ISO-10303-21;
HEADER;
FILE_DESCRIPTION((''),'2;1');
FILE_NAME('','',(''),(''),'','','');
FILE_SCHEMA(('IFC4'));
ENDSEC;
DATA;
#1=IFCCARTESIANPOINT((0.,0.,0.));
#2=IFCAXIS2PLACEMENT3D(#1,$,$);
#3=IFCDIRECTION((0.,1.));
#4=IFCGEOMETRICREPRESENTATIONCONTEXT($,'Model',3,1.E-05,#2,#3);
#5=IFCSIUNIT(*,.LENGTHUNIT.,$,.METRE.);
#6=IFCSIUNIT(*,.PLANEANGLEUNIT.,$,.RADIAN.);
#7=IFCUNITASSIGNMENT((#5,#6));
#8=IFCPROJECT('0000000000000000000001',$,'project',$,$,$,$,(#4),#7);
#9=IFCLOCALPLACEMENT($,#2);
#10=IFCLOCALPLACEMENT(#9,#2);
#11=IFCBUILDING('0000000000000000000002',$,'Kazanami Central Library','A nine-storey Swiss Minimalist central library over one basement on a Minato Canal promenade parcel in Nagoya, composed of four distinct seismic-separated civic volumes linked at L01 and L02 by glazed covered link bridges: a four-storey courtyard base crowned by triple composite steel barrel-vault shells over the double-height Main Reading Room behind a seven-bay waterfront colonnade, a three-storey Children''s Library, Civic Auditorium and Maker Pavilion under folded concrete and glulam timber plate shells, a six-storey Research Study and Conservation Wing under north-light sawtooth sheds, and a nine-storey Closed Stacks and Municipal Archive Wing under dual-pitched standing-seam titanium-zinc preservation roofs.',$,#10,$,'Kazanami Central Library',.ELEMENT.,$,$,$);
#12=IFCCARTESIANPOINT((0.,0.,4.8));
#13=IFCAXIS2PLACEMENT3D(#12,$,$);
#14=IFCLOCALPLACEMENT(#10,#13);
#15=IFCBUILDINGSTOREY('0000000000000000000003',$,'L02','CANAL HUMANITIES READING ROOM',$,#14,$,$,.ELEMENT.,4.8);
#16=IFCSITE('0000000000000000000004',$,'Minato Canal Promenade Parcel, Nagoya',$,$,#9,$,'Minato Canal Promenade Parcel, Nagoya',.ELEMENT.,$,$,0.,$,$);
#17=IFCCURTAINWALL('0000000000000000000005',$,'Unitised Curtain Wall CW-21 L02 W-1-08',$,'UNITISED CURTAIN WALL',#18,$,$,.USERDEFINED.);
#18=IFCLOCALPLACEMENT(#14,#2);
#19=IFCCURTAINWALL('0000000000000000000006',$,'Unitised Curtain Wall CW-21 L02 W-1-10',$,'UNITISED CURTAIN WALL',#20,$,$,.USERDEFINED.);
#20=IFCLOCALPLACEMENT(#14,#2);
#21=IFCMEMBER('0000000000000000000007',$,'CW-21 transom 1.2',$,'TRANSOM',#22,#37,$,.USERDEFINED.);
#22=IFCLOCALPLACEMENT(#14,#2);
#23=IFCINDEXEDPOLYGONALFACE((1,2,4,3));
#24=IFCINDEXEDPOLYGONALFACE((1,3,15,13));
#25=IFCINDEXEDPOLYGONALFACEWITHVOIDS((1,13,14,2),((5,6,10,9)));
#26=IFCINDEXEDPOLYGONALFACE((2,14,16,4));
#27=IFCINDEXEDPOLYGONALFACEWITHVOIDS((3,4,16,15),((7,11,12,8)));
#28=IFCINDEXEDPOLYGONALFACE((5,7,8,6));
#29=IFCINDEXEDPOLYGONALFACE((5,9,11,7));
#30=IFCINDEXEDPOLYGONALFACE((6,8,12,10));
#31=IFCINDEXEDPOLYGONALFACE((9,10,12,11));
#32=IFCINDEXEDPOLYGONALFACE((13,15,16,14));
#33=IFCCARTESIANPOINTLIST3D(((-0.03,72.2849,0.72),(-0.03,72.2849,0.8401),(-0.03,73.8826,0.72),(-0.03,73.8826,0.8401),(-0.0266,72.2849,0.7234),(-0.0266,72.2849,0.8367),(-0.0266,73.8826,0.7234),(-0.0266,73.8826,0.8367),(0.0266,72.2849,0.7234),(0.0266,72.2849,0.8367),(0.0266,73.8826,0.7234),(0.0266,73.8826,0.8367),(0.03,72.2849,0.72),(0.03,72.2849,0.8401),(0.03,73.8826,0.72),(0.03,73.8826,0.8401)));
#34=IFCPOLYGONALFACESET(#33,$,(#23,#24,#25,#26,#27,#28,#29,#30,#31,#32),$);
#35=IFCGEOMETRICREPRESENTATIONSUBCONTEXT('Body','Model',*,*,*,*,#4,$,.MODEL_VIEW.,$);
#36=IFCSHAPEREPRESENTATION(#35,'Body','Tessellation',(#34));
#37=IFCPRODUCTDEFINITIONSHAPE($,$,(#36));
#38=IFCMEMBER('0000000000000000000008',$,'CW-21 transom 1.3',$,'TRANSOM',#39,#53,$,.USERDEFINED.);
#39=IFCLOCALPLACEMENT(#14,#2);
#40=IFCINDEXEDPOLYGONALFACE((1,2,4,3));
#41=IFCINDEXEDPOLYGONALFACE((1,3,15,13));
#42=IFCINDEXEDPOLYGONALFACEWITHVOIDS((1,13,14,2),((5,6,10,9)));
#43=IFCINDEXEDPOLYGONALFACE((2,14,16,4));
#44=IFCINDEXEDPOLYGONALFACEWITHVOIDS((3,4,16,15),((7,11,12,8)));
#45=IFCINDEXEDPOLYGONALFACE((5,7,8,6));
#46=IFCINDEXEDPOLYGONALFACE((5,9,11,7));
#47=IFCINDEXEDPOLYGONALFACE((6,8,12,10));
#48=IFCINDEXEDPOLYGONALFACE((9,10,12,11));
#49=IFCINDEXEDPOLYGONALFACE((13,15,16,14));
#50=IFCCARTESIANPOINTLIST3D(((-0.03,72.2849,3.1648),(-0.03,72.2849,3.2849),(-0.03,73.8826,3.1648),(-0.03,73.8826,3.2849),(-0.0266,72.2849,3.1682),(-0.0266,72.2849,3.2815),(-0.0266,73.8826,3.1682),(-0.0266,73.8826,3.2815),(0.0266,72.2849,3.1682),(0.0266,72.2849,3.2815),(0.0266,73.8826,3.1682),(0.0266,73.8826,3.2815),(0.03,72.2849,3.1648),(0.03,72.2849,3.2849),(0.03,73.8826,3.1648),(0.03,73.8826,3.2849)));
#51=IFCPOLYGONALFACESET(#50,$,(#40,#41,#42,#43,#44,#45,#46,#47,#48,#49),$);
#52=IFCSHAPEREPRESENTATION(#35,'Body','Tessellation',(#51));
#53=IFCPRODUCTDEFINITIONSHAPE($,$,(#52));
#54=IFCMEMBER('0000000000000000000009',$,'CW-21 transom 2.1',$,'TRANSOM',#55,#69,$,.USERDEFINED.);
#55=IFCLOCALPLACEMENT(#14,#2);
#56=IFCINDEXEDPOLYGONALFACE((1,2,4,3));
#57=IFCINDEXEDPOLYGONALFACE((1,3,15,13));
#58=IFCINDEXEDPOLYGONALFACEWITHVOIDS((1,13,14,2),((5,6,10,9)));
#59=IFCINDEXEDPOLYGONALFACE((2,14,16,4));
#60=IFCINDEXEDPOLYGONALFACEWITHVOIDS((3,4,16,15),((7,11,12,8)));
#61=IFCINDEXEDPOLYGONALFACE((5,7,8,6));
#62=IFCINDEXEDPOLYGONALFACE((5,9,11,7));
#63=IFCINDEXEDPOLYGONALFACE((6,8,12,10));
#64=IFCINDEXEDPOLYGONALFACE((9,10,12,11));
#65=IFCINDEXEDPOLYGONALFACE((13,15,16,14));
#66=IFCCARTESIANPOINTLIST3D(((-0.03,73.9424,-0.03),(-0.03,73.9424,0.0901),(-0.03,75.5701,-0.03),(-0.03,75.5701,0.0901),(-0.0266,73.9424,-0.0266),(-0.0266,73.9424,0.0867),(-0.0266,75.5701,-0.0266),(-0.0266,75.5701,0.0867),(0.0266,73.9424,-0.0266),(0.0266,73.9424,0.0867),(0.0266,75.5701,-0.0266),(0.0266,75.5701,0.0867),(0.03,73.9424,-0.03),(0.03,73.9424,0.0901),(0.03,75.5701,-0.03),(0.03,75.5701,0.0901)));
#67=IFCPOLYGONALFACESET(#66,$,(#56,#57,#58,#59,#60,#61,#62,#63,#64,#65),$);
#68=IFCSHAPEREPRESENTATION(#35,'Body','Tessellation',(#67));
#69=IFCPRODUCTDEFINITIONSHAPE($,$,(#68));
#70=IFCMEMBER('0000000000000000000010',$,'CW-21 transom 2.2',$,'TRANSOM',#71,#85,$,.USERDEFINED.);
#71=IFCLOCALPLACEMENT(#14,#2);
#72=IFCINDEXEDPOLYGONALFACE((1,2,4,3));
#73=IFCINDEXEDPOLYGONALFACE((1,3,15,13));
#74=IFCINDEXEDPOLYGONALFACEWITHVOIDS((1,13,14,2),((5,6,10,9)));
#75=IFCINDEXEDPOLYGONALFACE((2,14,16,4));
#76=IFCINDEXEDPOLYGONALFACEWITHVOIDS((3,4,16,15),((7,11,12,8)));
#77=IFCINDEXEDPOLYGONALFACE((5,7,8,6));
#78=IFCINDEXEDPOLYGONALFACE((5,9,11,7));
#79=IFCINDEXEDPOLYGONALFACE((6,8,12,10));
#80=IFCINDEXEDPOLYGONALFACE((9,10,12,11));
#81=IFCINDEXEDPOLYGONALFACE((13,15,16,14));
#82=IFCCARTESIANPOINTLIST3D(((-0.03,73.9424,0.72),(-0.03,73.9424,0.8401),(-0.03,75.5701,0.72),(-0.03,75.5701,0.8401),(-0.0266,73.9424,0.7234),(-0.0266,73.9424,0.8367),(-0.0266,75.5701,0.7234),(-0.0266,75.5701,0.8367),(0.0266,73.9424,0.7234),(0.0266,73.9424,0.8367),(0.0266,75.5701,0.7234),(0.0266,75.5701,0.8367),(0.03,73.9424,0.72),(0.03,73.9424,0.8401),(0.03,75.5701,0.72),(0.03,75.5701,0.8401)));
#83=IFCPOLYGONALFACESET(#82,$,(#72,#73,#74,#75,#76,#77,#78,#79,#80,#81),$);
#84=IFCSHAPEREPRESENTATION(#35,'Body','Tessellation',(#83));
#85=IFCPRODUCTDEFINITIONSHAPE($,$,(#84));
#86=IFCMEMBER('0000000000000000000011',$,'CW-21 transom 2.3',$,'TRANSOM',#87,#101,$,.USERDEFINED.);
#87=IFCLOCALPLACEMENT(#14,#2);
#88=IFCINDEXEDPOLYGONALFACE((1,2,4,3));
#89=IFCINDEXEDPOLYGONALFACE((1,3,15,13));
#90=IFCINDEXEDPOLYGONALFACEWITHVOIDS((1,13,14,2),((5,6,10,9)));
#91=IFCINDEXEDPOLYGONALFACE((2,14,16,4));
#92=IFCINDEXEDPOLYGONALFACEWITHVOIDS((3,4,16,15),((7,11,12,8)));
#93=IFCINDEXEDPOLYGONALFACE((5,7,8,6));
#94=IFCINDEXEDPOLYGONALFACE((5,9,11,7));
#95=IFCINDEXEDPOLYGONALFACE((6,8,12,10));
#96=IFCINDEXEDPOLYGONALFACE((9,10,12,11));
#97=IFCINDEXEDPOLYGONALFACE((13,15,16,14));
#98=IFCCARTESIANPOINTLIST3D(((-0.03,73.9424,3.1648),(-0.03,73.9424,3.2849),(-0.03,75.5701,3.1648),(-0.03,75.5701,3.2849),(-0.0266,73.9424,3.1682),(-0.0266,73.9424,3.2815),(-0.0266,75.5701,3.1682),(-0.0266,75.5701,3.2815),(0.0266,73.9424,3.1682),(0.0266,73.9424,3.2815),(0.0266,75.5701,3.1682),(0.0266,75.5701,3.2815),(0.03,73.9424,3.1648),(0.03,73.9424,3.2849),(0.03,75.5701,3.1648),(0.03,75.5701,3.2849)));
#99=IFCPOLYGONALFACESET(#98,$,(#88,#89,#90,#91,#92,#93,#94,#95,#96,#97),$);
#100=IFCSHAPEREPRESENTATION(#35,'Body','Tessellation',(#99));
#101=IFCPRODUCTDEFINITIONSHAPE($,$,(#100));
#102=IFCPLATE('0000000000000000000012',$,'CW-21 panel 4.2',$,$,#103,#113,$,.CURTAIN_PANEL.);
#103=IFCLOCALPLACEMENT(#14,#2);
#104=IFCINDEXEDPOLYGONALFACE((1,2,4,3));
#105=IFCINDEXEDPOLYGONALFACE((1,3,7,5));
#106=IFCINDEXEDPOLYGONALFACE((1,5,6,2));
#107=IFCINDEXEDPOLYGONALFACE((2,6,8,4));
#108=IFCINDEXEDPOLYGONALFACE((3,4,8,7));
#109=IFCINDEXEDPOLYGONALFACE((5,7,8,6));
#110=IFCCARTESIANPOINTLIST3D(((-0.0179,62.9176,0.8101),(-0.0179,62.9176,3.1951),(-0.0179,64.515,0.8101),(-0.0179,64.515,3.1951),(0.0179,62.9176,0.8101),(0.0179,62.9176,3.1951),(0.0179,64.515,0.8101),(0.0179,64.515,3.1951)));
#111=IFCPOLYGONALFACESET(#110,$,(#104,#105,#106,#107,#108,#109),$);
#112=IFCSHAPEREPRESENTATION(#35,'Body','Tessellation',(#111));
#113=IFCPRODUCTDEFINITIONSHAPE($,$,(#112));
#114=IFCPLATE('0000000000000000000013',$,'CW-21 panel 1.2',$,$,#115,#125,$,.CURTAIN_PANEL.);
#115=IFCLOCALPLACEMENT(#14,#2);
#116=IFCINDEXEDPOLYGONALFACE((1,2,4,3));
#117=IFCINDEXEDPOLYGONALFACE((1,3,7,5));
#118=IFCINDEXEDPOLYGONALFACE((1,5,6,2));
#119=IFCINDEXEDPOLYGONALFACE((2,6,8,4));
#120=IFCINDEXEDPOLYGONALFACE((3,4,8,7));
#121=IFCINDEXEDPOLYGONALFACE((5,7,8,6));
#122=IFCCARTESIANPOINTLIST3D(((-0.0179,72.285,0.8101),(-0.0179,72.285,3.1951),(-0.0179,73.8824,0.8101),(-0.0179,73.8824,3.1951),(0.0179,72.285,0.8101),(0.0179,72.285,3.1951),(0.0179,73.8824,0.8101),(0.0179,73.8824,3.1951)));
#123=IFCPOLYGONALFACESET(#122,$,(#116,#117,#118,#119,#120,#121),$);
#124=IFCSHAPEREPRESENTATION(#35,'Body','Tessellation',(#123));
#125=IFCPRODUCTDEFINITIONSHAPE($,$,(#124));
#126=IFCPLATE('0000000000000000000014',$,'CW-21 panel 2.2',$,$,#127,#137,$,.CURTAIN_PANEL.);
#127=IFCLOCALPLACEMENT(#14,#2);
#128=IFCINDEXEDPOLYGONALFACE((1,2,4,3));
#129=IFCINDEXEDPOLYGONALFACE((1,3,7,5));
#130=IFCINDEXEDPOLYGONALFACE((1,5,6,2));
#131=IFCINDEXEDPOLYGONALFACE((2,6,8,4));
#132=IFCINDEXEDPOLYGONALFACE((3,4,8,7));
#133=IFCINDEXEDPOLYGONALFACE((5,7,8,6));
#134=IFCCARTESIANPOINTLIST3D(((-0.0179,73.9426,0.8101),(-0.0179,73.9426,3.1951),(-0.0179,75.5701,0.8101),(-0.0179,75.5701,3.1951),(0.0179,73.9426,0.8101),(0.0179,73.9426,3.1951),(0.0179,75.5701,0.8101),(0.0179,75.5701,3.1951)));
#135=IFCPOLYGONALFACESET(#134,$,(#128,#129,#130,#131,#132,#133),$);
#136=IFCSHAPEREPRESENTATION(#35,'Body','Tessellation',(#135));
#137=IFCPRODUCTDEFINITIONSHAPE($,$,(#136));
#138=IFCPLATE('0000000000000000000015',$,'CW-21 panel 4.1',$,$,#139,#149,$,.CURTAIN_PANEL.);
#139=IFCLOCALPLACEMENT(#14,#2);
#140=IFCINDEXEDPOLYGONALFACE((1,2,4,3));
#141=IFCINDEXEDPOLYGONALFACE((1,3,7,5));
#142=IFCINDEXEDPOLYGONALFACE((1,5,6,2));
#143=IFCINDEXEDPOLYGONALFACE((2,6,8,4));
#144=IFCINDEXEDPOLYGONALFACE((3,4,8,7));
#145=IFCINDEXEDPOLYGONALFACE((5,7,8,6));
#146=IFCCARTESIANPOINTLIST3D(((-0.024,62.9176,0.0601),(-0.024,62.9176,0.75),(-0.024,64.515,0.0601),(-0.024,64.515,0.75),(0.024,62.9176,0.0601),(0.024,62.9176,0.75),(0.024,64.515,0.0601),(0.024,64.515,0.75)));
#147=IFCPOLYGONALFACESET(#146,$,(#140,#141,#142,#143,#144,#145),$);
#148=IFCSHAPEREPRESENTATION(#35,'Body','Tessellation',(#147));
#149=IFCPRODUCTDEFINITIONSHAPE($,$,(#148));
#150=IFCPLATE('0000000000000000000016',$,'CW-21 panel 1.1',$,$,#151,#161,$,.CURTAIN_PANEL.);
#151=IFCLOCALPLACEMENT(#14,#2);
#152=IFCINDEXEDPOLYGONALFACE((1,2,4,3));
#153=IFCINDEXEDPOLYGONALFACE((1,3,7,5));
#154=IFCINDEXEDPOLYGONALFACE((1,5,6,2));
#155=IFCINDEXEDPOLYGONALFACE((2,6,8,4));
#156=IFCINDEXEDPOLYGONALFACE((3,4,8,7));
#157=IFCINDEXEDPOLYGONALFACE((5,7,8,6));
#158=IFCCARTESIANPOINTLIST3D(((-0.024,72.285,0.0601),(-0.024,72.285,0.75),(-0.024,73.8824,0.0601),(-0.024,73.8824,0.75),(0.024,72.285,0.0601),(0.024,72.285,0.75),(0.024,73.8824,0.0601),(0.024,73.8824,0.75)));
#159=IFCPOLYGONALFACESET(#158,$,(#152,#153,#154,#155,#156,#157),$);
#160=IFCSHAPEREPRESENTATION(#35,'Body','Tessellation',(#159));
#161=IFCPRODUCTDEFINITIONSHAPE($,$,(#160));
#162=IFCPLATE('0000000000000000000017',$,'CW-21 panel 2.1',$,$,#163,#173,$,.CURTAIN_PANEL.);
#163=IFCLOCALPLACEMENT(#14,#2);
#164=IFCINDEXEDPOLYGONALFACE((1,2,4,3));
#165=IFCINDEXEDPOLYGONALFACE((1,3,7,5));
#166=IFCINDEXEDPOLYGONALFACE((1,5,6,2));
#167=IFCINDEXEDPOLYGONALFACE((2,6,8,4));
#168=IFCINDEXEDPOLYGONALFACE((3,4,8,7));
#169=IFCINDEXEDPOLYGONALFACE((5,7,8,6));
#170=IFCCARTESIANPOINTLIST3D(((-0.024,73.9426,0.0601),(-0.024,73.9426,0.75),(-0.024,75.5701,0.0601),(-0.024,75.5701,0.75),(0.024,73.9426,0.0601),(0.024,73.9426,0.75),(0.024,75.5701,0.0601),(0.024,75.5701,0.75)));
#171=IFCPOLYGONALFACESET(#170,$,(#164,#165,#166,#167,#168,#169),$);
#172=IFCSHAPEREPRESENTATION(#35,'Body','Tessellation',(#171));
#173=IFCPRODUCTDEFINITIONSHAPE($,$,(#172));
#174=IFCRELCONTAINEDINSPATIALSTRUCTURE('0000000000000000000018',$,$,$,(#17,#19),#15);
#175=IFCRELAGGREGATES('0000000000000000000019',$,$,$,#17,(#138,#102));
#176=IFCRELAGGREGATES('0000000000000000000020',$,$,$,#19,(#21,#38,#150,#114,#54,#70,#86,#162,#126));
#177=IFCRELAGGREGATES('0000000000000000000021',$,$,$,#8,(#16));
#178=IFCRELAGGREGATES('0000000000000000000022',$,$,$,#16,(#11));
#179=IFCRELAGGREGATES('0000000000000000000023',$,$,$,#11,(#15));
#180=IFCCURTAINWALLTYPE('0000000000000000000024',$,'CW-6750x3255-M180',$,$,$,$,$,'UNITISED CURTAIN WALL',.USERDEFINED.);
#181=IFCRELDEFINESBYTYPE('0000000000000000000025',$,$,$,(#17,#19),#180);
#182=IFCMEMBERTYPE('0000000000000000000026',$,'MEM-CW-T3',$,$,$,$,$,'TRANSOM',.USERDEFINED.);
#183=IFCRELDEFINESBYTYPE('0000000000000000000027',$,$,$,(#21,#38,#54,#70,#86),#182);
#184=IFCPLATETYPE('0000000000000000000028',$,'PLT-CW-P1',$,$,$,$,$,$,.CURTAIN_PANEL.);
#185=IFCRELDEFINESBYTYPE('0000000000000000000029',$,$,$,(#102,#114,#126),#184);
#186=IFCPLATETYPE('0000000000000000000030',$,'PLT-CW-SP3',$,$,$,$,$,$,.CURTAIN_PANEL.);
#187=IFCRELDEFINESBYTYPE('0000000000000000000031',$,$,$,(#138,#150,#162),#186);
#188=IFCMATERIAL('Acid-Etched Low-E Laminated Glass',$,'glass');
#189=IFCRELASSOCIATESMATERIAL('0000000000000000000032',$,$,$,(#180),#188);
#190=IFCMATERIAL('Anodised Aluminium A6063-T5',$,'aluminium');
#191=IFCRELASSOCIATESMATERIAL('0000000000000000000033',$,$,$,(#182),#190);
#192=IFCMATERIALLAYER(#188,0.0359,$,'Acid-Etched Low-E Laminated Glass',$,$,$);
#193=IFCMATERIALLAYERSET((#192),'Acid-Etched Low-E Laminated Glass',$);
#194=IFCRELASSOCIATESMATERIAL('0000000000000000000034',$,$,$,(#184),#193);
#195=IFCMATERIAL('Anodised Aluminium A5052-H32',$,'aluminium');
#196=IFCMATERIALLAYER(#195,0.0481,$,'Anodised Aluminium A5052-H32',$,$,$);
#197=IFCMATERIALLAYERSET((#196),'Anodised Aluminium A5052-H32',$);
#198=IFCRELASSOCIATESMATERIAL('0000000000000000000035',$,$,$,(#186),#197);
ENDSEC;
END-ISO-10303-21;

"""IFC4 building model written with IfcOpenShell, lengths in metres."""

from ifc_helpers import new_model, si_unit, direction, frame, origin, origin_2d, place, context, subcontext, project, spatial, rectangle, hollow_rectangle, extrude, material, layer, layer_set, material_profile, profile_set, type_object, element, aggregate, save


model = new_model("IFC4")

# Units and contexts
model_context = context("Model", 3, precision=1e-05, world=origin(), true_north=direction((0.0, 1.0)))
body_context = subcontext(model_context, "Body", "Model", "MODEL_VIEW")
ifc_project = project(units=[si_unit("LENGTHUNIT", "METRE"), si_unit("PLANEANGLEUNIT", "RADIAN")], contexts=[model_context])

# Site, building, storey
site_placement = place(None, origin())
site = spatial("IfcSite", under=ifc_project, at=site_placement, Name="Minato Canal Promenade Parcel, Nagoya", LongName="Minato Canal Promenade Parcel, Nagoya", CompositionType="ELEMENT", RefElevation=0.0)
building_placement = place(site_placement, origin())
building = spatial("IfcBuilding", under=site, at=building_placement, Name="Kazanami Central Library", Description="A nine-storey Swiss Minimalist central library over one basement on a Minato Canal promenade parcel in Nagoya, composed of four distinct seismic-separated civic volumes linked at L01 and L02 by glazed covered link bridges: a four-storey courtyard base crowned by triple composite steel barrel-vault shells over the double-height Main Reading Room behind a seven-bay waterfront colonnade, a three-storey Children's Library, Civic Auditorium and Maker Pavilion under folded concrete and glulam timber plate shells, a six-storey Research Study and Conservation Wing under north-light sawtooth sheds, and a nine-storey Closed Stacks and Municipal Archive Wing under dual-pitched standing-seam titanium-zinc preservation roofs.", LongName="Kazanami Central Library", CompositionType="ELEMENT")
storey_placement = place(building_placement, frame((0.0, 0.0, 4.8)))
storey = spatial("IfcBuildingStorey", under=building, at=storey_placement, Name="L02", Description="CANAL HUMANITIES READING ROOM", CompositionType="ELEMENT", Elevation=4.8)

# Curtain walls
ifc_material_1 = material(Name="Acid-Etched Low-E Laminated Glass", Category="glass")
curtain_wall_type = type_object("IfcCurtainWallType", Name="CW-6750x3255-M180", ElementType="UNITISED CURTAIN WALL", PredefinedType="USERDEFINED", material=ifc_material_1)
curtain_wall_1_placement = place(storey_placement, origin())
curtain_wall_1 = element("IfcCurtainWall", 1, at=curtain_wall_1_placement, inside=storey, type_object=curtain_wall_type, Name="Unitised Curtain Wall CW-21 L02 W-1-08", ObjectType="UNITISED CURTAIN WALL", PredefinedType="USERDEFINED")
ifc_material_2 = material(Name="Anodised Aluminium A6063-T5", Category="aluminium")
curtain_wall_2_placement = place(storey_placement, origin())
curtain_wall_2 = element("IfcCurtainWall", 2, at=curtain_wall_2_placement, inside=storey, type_object=curtain_wall_type, Name="Unitised Curtain Wall CW-21 L02 W-1-10", ObjectType="UNITISED CURTAIN WALL", PredefinedType="USERDEFINED")

# Members
ifc_material_profile_1 = material_profile(ifc_material_2, hollow_rectangle(XDim=0.0601, YDim=0.1201, WallThickness=0.0034, at=origin_2d()), Name="ALU-TRAN-60x120x3.5")
ifc_profile_set_1 = profile_set([ifc_material_profile_1], Name="Anodised Aluminium A6063-T5")
member_type_1 = type_object("IfcMemberType", Name="MEM-CW-T3", ElementType="TRANSOM", PredefinedType="USERDEFINED", material=ifc_profile_set_1)
member_1_placement = place(storey_placement, frame((0.0, 72.2849, 0.78), z_axis=(0.0, 1.0, 0.0), x_axis=(-1.0, 0.0, 0.0)))
member_1 = element("IfcMember", 3, at=member_1_placement, type_object=member_type_1, Name="CW-21 transom 1.2", ObjectType="TRANSOM", PredefinedType="USERDEFINED", context=body_context, shape_type="SweptSolid", body=[
    extrude(hollow_rectangle(XDim=0.0601, YDim=0.1201, WallThickness=0.0034, at=origin_2d()), origin(), (0.0, 0.0, 1.0), 1.5977),
])
member_2_placement = place(storey_placement, frame((0.0, 72.2849, 3.2249), z_axis=(0.0, 1.0, 0.0), x_axis=(-1.0, 0.0, 0.0)))
member_2 = element("IfcMember", 4, at=member_2_placement, type_object=member_type_1, Name="CW-21 transom 1.3", ObjectType="TRANSOM", PredefinedType="USERDEFINED", context=body_context, shape_type="SweptSolid", body=[
    extrude(hollow_rectangle(XDim=0.0601, YDim=0.1201, WallThickness=0.0034, at=origin_2d()), origin(), (0.0, 0.0, 1.0), 1.5977),
])
member_3_placement = place(storey_placement, frame((0.0, 73.9424, 0.03), z_axis=(0.0, 1.0, 0.0), x_axis=(-1.0, 0.0, 0.0)))
member_3 = element("IfcMember", 5, at=member_3_placement, type_object=member_type_1, Name="CW-21 transom 2.1", ObjectType="TRANSOM", PredefinedType="USERDEFINED", context=body_context, shape_type="SweptSolid", body=[
    extrude(hollow_rectangle(XDim=0.0601, YDim=0.1201, WallThickness=0.0034, at=origin_2d()), origin(), (0.0, 0.0, 1.0), 1.6277),
])
member_4_placement = place(storey_placement, frame((0.0, 73.9424, 0.78), z_axis=(0.0, 1.0, 0.0), x_axis=(-1.0, 0.0, 0.0)))
member_4 = element("IfcMember", 6, at=member_4_placement, type_object=member_type_1, Name="CW-21 transom 2.2", ObjectType="TRANSOM", PredefinedType="USERDEFINED", context=body_context, shape_type="SweptSolid", body=[
    extrude(hollow_rectangle(XDim=0.0601, YDim=0.1201, WallThickness=0.0034, at=origin_2d()), origin(), (0.0, 0.0, 1.0), 1.6277),
])
member_5_placement = place(storey_placement, frame((0.0, 73.9424, 3.2249), z_axis=(0.0, 1.0, 0.0), x_axis=(-1.0, 0.0, 0.0)))
member_5 = element("IfcMember", 7, at=member_5_placement, type_object=member_type_1, Name="CW-21 transom 2.3", ObjectType="TRANSOM", PredefinedType="USERDEFINED", context=body_context, shape_type="SweptSolid", body=[
    extrude(hollow_rectangle(XDim=0.0601, YDim=0.1201, WallThickness=0.0034, at=origin_2d()), origin(), (0.0, 0.0, 1.0), 1.6277),
])

# Plates
ifc_layer_1 = layer(ifc_material_1, 0.0359, Name="Acid-Etched Low-E Laminated Glass")
ifc_layer_set_1 = layer_set([ifc_layer_1], Name="Acid-Etched Low-E Laminated Glass")
plate_type_1 = type_object("IfcPlateType", Name="PLT-CW-P1", PredefinedType="CURTAIN_PANEL", material=ifc_layer_set_1)
plate_1_placement = place(storey_placement, frame((0.0, 63.7163, 0.8101), z_axis=(0.0, 0.0, 1.0), x_axis=(0.0, 1.0, 0.0)))
plate_1 = element("IfcPlate", 8, at=plate_1_placement, type_object=plate_type_1, Name="CW-21 panel 4.2", PredefinedType="CURTAIN_PANEL", context=body_context, shape_type="SweptSolid", body=[
    extrude(rectangle(XDim=1.5974, YDim=0.0359, at=origin_2d()), origin(), (0.0, 0.0, 1.0), 2.385),
])
plate_2_placement = place(storey_placement, frame((0.0, 73.0837, 0.8101), z_axis=(0.0, 0.0, 1.0), x_axis=(0.0, 1.0, 0.0)))
plate_2 = element("IfcPlate", 9, at=plate_2_placement, type_object=plate_type_1, Name="CW-21 panel 1.2", PredefinedType="CURTAIN_PANEL", context=body_context, shape_type="SweptSolid", body=[
    extrude(rectangle(XDim=1.5974, YDim=0.0359, at=origin_2d()), origin(), (0.0, 0.0, 1.0), 2.385),
])
plate_3_placement = place(storey_placement, frame((0.0, 74.7563, 0.8101), z_axis=(0.0, 0.0, 1.0), x_axis=(0.0, 1.0, 0.0)))
plate_3 = element("IfcPlate", 10, at=plate_3_placement, type_object=plate_type_1, Name="CW-21 panel 2.2", PredefinedType="CURTAIN_PANEL", context=body_context, shape_type="SweptSolid", body=[
    extrude(rectangle(XDim=1.6274, YDim=0.0359, at=origin_2d()), origin(), (0.0, 0.0, 1.0), 2.385),
])
ifc_material_3 = material(Name="Anodised Aluminium A5052-H32", Category="aluminium")
ifc_layer_2 = layer(ifc_material_3, 0.0481, Name="Anodised Aluminium A5052-H32")
ifc_layer_set_2 = layer_set([ifc_layer_2], Name="Anodised Aluminium A5052-H32")
plate_type_2 = type_object("IfcPlateType", Name="PLT-CW-SP3", PredefinedType="CURTAIN_PANEL", material=ifc_layer_set_2)
plate_4_placement = place(storey_placement, frame((0.0, 63.7163, 0.0601), z_axis=(0.0, 0.0, 1.0), x_axis=(0.0, 1.0, 0.0)))
plate_4 = element("IfcPlate", 11, at=plate_4_placement, type_object=plate_type_2, Name="CW-21 panel 4.1", PredefinedType="CURTAIN_PANEL", context=body_context, shape_type="SweptSolid", body=[
    extrude(rectangle(XDim=1.5974, YDim=0.0481, at=origin_2d()), origin(), (0.0, 0.0, 1.0), 0.6899),
])
aggregate(curtain_wall_1, [plate_4, plate_1])
plate_5_placement = place(storey_placement, frame((0.0, 73.0837, 0.0601), z_axis=(0.0, 0.0, 1.0), x_axis=(0.0, 1.0, 0.0)))
plate_5 = element("IfcPlate", 12, at=plate_5_placement, type_object=plate_type_2, Name="CW-21 panel 1.1", PredefinedType="CURTAIN_PANEL", context=body_context, shape_type="SweptSolid", body=[
    extrude(rectangle(XDim=1.5974, YDim=0.0481, at=origin_2d()), origin(), (0.0, 0.0, 1.0), 0.6899),
])
plate_6_placement = place(storey_placement, frame((0.0, 74.7563, 0.0601), z_axis=(0.0, 0.0, 1.0), x_axis=(0.0, 1.0, 0.0)))
plate_6 = element("IfcPlate", 13, at=plate_6_placement, type_object=plate_type_2, Name="CW-21 panel 2.1", PredefinedType="CURTAIN_PANEL", context=body_context, shape_type="SweptSolid", body=[
    extrude(rectangle(XDim=1.6274, YDim=0.0481, at=origin_2d()), origin(), (0.0, 0.0, 1.0), 0.6899),
])
aggregate(curtain_wall_2, [member_1, member_2, plate_5, plate_2, member_3, member_4, member_5, plate_6, plate_3])

save(model, "model.ifc")
